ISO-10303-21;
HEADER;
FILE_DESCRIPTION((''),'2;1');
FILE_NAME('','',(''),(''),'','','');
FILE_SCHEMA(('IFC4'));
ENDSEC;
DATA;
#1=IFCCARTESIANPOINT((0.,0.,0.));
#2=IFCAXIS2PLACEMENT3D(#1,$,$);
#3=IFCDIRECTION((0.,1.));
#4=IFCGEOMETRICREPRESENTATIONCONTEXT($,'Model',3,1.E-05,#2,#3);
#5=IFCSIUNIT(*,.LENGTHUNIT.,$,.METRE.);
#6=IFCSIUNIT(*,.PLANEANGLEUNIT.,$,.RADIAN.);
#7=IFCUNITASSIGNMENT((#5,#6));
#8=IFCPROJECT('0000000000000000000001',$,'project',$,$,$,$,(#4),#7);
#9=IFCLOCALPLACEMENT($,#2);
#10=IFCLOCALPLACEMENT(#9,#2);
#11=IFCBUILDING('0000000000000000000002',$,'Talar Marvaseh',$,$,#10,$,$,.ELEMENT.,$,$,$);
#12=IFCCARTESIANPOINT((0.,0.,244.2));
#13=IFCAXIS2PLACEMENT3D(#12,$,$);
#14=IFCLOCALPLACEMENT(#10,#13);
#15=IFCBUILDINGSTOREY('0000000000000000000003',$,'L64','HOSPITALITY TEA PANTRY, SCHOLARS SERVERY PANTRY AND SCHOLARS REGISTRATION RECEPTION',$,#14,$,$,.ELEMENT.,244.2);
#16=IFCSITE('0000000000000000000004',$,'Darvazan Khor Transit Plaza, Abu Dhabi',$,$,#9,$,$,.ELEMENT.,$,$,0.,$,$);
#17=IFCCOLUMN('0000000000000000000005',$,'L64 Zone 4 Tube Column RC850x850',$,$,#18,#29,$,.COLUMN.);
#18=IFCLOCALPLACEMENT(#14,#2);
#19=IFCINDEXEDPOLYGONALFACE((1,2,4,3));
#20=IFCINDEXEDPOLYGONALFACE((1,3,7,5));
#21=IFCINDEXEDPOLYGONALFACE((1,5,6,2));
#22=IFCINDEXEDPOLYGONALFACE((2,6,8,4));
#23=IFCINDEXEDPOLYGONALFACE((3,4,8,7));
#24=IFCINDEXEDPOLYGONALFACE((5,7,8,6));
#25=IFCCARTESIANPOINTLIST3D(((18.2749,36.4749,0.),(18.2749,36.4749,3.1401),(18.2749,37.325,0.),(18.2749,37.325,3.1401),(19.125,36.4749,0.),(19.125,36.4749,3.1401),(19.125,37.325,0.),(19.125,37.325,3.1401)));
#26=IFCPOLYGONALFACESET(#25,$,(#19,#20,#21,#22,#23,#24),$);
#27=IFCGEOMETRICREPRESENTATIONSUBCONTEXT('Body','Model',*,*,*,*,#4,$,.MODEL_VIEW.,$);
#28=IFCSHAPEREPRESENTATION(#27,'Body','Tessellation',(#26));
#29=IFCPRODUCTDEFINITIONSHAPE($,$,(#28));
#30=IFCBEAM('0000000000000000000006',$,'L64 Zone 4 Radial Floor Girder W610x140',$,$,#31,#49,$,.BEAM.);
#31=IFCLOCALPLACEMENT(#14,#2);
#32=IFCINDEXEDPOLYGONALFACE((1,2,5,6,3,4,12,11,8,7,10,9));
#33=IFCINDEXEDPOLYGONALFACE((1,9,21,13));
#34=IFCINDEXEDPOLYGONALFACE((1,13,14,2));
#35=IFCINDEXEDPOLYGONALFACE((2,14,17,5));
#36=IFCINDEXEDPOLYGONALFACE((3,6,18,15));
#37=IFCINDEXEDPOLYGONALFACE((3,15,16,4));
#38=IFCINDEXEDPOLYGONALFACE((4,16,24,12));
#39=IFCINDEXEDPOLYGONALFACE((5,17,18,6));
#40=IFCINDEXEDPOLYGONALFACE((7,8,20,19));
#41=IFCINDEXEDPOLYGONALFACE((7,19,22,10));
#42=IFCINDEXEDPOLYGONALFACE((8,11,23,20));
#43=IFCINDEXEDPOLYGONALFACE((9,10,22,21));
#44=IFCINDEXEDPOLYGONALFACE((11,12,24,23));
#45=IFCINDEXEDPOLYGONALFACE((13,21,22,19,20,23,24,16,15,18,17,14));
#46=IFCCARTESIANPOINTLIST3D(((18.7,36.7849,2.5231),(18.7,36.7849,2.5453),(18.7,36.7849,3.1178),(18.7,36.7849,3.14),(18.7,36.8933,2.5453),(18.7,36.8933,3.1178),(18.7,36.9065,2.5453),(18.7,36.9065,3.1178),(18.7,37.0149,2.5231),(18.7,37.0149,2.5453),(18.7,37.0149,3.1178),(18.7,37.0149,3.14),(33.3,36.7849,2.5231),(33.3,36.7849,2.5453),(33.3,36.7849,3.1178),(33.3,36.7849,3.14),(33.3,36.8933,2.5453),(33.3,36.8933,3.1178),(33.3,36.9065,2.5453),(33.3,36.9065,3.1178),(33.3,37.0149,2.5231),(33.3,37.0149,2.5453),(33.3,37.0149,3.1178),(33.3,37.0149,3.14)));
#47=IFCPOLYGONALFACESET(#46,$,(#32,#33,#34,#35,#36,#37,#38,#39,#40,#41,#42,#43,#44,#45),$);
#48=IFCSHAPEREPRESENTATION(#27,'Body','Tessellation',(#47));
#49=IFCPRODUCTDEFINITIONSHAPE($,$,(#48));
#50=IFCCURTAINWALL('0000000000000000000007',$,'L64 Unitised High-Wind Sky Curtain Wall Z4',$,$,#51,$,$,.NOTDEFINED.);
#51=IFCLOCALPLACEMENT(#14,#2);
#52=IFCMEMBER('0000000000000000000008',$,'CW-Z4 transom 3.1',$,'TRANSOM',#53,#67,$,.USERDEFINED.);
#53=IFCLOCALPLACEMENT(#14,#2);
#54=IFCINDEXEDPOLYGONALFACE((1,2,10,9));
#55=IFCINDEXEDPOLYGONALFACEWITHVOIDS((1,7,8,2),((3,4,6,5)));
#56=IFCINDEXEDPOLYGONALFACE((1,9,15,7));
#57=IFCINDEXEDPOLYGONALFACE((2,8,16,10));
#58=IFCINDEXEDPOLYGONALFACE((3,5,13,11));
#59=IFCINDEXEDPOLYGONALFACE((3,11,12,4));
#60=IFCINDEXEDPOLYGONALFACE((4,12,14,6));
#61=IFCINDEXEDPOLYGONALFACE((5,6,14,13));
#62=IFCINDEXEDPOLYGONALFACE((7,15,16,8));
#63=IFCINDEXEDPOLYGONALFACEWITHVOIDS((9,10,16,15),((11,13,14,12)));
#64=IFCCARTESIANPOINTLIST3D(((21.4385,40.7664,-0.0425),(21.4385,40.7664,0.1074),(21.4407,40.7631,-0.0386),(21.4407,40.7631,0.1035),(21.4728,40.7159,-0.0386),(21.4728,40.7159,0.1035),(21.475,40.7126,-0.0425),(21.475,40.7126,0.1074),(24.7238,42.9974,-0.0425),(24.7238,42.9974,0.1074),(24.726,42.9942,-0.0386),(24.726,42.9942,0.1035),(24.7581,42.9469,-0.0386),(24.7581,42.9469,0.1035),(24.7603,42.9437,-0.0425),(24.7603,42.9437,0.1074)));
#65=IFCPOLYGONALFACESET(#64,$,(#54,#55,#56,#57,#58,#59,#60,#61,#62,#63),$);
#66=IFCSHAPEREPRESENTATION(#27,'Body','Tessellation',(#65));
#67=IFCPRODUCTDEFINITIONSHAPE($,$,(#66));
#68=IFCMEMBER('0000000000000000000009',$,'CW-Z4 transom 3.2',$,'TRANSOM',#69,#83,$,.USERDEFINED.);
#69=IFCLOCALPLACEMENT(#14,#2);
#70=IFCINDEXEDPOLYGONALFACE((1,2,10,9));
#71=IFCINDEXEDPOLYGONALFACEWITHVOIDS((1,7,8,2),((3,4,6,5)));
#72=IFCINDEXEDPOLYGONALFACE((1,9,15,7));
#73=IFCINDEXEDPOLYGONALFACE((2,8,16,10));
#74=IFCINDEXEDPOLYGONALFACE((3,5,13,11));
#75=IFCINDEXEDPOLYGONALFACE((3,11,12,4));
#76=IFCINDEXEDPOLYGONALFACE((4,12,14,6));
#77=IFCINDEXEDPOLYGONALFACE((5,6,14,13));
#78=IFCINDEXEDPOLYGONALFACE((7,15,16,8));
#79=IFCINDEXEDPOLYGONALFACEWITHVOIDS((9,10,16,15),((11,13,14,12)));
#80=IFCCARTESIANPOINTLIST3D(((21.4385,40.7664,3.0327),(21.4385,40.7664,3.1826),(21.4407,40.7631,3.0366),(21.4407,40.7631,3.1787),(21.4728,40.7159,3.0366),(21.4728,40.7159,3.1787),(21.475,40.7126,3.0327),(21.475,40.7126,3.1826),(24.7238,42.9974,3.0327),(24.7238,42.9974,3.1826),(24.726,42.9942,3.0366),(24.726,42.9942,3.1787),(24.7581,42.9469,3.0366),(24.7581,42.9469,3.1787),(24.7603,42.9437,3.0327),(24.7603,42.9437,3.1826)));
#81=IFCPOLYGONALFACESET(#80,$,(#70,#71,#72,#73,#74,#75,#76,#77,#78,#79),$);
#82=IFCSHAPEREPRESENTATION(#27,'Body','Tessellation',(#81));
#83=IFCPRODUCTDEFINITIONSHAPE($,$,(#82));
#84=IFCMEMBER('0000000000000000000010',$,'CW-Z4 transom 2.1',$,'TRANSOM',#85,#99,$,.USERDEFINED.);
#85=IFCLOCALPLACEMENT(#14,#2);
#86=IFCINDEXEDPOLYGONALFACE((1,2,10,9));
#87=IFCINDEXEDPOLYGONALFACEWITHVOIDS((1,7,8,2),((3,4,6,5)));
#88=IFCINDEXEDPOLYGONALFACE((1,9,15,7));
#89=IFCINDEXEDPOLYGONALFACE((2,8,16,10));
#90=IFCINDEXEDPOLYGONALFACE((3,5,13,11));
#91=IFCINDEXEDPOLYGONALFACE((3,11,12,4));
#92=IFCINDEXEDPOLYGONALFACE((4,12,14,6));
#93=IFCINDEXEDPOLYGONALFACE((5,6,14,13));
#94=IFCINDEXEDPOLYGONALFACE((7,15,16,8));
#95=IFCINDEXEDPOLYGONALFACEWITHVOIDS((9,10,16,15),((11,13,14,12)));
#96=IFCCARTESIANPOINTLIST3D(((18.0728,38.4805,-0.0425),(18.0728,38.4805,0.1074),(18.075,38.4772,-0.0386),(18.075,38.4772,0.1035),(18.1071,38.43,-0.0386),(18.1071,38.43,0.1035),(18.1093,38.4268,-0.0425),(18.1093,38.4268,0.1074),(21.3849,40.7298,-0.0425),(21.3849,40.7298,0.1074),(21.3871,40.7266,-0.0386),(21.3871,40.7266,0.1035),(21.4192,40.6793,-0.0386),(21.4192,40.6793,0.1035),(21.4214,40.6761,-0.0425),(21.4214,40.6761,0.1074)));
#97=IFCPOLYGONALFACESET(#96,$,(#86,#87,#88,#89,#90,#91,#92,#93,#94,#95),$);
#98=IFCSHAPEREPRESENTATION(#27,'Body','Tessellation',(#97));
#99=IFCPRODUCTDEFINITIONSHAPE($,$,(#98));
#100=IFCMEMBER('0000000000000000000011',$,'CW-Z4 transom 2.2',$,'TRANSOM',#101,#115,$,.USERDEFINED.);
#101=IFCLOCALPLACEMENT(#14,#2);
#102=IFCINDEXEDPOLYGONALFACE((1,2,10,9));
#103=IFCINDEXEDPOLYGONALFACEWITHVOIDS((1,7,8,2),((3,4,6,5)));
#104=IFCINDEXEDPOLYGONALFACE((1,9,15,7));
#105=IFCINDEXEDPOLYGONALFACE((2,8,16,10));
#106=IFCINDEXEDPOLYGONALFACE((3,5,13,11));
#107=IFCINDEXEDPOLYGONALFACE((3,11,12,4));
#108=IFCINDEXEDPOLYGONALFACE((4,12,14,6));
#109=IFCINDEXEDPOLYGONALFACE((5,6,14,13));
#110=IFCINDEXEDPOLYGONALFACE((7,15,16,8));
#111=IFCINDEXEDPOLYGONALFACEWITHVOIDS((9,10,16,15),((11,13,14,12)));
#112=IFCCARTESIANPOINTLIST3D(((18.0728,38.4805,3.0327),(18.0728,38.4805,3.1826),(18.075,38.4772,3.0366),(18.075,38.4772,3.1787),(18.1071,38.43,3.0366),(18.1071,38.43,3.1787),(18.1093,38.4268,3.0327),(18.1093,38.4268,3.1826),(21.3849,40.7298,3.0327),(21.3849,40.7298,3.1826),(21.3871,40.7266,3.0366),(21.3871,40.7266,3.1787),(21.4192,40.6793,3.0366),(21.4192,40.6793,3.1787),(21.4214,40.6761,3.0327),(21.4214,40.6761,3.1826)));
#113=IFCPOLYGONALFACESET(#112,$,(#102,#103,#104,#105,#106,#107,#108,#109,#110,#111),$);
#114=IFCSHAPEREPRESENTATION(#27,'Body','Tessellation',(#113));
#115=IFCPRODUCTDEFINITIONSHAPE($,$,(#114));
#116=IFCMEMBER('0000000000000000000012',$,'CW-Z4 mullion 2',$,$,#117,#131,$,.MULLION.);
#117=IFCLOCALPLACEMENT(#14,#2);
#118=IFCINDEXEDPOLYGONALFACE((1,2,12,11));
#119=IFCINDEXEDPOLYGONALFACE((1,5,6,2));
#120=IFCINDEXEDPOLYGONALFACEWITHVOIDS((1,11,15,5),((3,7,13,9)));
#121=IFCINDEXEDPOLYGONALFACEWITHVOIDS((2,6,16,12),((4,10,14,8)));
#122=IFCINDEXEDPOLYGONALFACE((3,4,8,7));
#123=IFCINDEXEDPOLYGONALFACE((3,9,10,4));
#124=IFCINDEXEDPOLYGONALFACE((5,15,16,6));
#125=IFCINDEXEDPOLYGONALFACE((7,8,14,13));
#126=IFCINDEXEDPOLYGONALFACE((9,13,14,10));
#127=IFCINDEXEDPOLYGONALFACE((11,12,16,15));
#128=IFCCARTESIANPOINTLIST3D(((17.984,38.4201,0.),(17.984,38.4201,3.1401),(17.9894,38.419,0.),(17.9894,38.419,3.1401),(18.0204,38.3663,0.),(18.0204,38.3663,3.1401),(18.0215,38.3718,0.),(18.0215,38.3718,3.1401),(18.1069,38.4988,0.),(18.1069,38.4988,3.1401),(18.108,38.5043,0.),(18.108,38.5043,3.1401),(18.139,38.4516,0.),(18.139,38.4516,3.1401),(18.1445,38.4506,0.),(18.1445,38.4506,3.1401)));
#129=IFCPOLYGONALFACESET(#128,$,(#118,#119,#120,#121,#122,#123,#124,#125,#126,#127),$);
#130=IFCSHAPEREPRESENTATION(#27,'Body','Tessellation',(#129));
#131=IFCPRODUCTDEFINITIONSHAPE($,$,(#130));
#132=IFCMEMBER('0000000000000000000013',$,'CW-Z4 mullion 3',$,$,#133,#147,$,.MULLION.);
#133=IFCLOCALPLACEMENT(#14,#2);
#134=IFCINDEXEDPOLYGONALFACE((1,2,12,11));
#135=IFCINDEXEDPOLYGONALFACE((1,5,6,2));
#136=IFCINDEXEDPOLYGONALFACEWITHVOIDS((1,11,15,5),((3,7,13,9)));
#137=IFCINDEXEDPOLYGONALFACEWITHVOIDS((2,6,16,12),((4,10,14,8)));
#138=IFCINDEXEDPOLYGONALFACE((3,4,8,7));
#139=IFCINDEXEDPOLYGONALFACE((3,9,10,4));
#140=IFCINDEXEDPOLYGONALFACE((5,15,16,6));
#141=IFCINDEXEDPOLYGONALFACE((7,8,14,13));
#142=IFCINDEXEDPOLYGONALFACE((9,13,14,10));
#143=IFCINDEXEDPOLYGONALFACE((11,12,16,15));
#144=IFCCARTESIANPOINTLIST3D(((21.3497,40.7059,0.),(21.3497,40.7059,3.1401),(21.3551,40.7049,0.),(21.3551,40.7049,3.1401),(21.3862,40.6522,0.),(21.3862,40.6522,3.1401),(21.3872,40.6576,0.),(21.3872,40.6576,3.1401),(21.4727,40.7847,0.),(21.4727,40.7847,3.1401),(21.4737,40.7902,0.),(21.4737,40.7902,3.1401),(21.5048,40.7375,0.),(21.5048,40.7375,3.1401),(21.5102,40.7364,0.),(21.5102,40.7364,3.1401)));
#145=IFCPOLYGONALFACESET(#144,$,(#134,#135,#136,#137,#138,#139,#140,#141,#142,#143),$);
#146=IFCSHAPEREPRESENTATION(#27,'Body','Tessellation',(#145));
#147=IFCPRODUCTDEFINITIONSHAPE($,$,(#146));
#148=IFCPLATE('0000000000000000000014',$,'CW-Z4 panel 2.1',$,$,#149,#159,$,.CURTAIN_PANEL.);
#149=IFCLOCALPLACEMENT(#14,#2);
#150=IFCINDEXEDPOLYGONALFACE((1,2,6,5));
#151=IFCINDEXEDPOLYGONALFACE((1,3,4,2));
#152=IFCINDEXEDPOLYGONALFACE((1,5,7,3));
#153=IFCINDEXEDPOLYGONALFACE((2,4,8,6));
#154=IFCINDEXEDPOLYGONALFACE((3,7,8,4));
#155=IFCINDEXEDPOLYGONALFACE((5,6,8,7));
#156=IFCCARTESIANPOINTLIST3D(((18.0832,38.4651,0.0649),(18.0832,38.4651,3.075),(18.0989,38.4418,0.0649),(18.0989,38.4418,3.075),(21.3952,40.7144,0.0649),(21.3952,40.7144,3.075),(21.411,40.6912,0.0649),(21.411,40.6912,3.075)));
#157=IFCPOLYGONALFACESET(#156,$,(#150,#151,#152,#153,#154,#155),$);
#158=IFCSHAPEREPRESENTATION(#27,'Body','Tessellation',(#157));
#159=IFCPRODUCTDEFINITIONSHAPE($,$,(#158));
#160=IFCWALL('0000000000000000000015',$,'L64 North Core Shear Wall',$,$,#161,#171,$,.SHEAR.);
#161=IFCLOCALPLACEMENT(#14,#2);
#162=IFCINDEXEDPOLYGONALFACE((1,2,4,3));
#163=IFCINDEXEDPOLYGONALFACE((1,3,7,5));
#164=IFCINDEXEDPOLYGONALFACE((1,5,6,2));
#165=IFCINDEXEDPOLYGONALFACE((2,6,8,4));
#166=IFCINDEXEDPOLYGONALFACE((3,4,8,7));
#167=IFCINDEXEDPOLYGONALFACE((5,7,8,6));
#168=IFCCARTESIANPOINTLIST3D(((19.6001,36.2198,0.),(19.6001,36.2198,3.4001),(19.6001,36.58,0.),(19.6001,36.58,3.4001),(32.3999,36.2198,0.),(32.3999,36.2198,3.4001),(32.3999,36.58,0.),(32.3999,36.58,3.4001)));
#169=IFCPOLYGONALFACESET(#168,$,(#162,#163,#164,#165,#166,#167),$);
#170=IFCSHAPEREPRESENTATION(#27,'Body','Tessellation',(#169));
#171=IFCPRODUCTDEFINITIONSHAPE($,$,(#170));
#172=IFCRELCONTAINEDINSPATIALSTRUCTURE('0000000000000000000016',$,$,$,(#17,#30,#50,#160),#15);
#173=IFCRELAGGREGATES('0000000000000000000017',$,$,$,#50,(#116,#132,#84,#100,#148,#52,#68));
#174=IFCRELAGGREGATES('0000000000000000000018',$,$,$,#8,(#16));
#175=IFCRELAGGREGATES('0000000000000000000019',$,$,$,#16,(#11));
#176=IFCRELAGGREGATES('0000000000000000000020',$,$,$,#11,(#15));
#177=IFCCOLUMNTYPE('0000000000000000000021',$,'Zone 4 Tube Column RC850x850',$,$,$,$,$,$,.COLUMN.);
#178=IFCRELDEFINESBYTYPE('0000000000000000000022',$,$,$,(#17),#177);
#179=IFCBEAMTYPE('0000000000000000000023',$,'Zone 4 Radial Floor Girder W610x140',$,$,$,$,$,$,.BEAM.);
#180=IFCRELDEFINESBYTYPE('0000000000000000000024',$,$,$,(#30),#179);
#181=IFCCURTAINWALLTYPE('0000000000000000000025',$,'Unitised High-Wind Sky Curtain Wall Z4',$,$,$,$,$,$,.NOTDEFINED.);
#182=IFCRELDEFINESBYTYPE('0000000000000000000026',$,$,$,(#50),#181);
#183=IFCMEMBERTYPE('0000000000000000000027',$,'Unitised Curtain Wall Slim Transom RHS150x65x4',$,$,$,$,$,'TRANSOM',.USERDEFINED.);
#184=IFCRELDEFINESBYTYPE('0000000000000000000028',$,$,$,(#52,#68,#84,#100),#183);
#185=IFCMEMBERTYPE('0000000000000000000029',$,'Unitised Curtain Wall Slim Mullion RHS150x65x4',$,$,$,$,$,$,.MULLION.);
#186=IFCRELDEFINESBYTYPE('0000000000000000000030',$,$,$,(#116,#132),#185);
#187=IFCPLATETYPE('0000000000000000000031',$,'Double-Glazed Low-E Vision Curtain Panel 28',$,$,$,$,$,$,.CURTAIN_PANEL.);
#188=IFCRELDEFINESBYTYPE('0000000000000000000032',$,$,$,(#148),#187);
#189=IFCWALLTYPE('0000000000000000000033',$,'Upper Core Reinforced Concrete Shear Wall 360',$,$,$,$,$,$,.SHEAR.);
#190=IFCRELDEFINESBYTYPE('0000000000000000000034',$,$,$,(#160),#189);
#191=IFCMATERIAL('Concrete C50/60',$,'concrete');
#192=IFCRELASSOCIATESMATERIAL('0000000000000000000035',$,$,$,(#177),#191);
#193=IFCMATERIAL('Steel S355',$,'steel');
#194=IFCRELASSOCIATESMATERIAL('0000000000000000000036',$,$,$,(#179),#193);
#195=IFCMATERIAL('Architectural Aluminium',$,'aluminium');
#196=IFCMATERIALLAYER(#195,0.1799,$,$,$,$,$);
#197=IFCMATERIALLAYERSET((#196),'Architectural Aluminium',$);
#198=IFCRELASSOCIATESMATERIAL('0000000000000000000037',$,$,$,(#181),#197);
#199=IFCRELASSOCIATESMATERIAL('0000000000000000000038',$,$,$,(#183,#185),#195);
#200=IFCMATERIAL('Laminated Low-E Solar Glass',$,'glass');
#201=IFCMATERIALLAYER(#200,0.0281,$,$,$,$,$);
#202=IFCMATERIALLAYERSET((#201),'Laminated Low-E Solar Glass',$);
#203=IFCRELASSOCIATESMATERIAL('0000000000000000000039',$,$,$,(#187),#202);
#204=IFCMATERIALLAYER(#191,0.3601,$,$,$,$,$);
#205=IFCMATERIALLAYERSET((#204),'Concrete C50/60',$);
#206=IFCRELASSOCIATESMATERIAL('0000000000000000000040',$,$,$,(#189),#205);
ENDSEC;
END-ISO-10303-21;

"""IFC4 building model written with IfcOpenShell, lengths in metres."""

from ifc_helpers import new_model, si_unit, direction, frame, frame_2d, origin, origin_2d, place, context, subcontext, project, spatial, rectangle, hollow_rectangle, i_section, extrude, source, transform, mapped, material, layer, layer_set, material_profile, profile_set, type_object, type_shapes, element, aggregate, save


model = new_model("IFC4")

# Units and contexts
model_context = context("Model", 3, precision=1e-05, world=origin(), true_north=direction((0.0, 1.0)))
body_context = subcontext(model_context, "Body", "Model", "MODEL_VIEW")
ifc_project = project(units=[si_unit("LENGTHUNIT", "METRE"), si_unit("PLANEANGLEUNIT", "RADIAN")], contexts=[model_context])

# Site, building, storey
site_placement = place(None, origin())
site = spatial("IfcSite", under=ifc_project, at=site_placement, Name="Darvazan Khor Transit Plaza, Abu Dhabi", CompositionType="ELEMENT", RefElevation=0.0)
building_placement = place(site_placement, origin())
building = spatial("IfcBuilding", under=site, at=building_placement, Name="Talar Marvaseh", CompositionType="ELEMENT")
storey_placement = place(building_placement, frame((0.0, 0.0, 244.2)))
storey = spatial("IfcBuildingStorey", under=building, at=storey_placement, Name="L64", Description="HOSPITALITY TEA PANTRY, SCHOLARS SERVERY PANTRY AND SCHOLARS REGISTRATION RECEPTION", CompositionType="ELEMENT", Elevation=244.2)

# Column
ifc_material_1 = material(Name="Concrete C50/60", Category="concrete")
ifc_material_profile_1 = material_profile(ifc_material_1, rectangle(XDim=0.8501, YDim=0.8501, at=origin_2d()), Name="RC850x850")
ifc_profile_set_1 = profile_set([ifc_material_profile_1], Name="Concrete C50/60")
column_type = type_object("IfcColumnType", Name="Zone 4 Tube Column RC850x850", PredefinedType="COLUMN", material=ifc_profile_set_1)
column_placement = place(storey_placement, frame((18.7, 36.8999, 0.0), z_axis=(0.0, 0.0, 1.0), x_axis=(1.0, 0.0, 0.0)))
element("IfcColumn", 1, at=column_placement, inside=storey, type_object=column_type, Name="L64 Zone 4 Tube Column RC850x850", PredefinedType="COLUMN", context=body_context, shape_type="SweptSolid", body=[
    extrude(rectangle(XDim=0.8501, YDim=0.8501, at=origin_2d()), origin(), (0.0, 0.0, 1.0), 3.1401),
])

# Beam
ifc_material_2 = material(Name="Steel S355", Category="steel")
ifc_material_profile_2 = material_profile(ifc_material_2, i_section(OverallWidth=0.23, OverallDepth=0.6169, WebThickness=0.0132, FlangeThickness=0.0222, at=origin_2d()), Name="W610x140")
ifc_profile_set_2 = profile_set([ifc_material_profile_2], Name="Steel S355")
beam_type = type_object("IfcBeamType", Name="Zone 4 Radial Floor Girder W610x140", PredefinedType="BEAM", material=ifc_profile_set_2)
beam_placement = place(storey_placement, frame((18.7, 36.8999, 2.8315), z_axis=(1.0, 0.0, 0.0), x_axis=(0.0, 1.0, 0.0)))
element("IfcBeam", 2, at=beam_placement, inside=storey, type_object=beam_type, Name="L64 Zone 4 Radial Floor Girder W610x140", PredefinedType="BEAM", context=body_context, shape_type="SweptSolid", body=[
    extrude(i_section(OverallWidth=0.23, OverallDepth=0.6169, WebThickness=0.0132, FlangeThickness=0.0222, at=origin_2d()), origin(), (0.0, 0.0, 1.0), 14.6001),
])

# Curtain wall, members, plate
ifc_material_3 = material(Name="Architectural Aluminium", Category="aluminium")
ifc_layer_1 = layer(ifc_material_3, 0.1799)
ifc_layer_set_1 = layer_set([ifc_layer_1], Name="Architectural Aluminium")
curtain_wall_type = type_object("IfcCurtainWallType", Name="Unitised High-Wind Sky Curtain Wall Z4", PredefinedType="NOTDEFINED", material=ifc_layer_set_1)
curtain_wall_placement = place(storey_placement, origin())
curtain_wall = element("IfcCurtainWall", 3, at=curtain_wall_placement, inside=storey, type_object=curtain_wall_type, Name="L64 Unitised High-Wind Sky Curtain Wall Z4", PredefinedType="NOTDEFINED")
ifc_material_profile_3 = material_profile(ifc_material_3, hollow_rectangle(XDim=0.0649, YDim=0.1499, WallThickness=0.0039, at=origin_2d()), Name="RHS150x65x4")
ifc_profile_set_3 = profile_set([ifc_material_profile_3], Name="Architectural Aluminium")
member_type_1 = type_object("IfcMemberType", Name="Unitised Curtain Wall Slim Transom RHS150x65x4", ElementType="TRANSOM", PredefinedType="USERDEFINED", material=ifc_profile_set_3)
shared_shape_1 = source(origin(), body_context, "Body", "SweptSolid", [
    extrude(hollow_rectangle(XDim=0.0649, YDim=0.1499, WallThickness=0.0039, at=origin_2d()), origin(), (0.0, 0.0, 1.0), 3.9712),
])
member_1_placement = place(storey_placement, frame((21.4568, 40.7395, 0.0325), z_axis=(0.827272, 0.561802, 0.0), x_axis=(-0.561802, 0.827272, 0.0)))
member_1 = element("IfcMember", 4, at=member_1_placement, type_object=member_type_1, Name="CW-Z4 transom 3.1", ObjectType="TRANSOM", PredefinedType="USERDEFINED", context=body_context, shape_type="MappedRepresentation", body=[
    mapped(shared_shape_1, transform((0.0, 0.0, 0.0), x_axis=(1.0, 0.0, 0.0), y_axis=(0.0, 1.0, 0.0), z_axis=(0.0, 0.0, 1.0), scale=1.0)),
])
member_2_placement = place(storey_placement, frame((21.4568, 40.7395, 3.1077), z_axis=(0.827272, 0.561802, 0.0), x_axis=(-0.561802, 0.827272, 0.0)))
member_2 = element("IfcMember", 5, at=member_2_placement, type_object=member_type_1, Name="CW-Z4 transom 3.2", ObjectType="TRANSOM", PredefinedType="USERDEFINED", context=body_context, shape_type="MappedRepresentation", body=[
    mapped(shared_shape_1, transform((0.0, 0.0, 0.0), x_axis=(1.0, 0.0, 0.0), y_axis=(0.0, 1.0, 0.0), z_axis=(0.0, 0.0, 1.0), scale=1.0)),
])
shared_shape_2 = source(origin(), body_context, "Body", "SweptSolid", [
    extrude(hollow_rectangle(XDim=0.0649, YDim=0.1499, WallThickness=0.0039, at=origin_2d()), origin(), (0.0, 0.0, 1.0), 4.0037),
])
type_shapes(member_type_1, [shared_shape_1, shared_shape_2])
member_3_placement = place(storey_placement, frame((18.0911, 38.4536, 0.0325), z_axis=(0.827263, 0.561815, 0.0), x_axis=(-0.561815, 0.827263, 0.0)))
member_3 = element("IfcMember", 6, at=member_3_placement, type_object=member_type_1, Name="CW-Z4 transom 2.1", ObjectType="TRANSOM", PredefinedType="USERDEFINED", context=body_context, shape_type="MappedRepresentation", body=[
    mapped(shared_shape_2, transform((0.0, 0.0, 0.0), x_axis=(1.0, 0.0, 0.0), y_axis=(0.0, 1.0, 0.0), z_axis=(0.0, 0.0, 1.0), scale=1.0)),
])
member_4_placement = place(storey_placement, frame((18.0911, 38.4536, 3.1077), z_axis=(0.827263, 0.561815, 0.0), x_axis=(-0.561815, 0.827263, 0.0)))
member_4 = element("IfcMember", 7, at=member_4_placement, type_object=member_type_1, Name="CW-Z4 transom 2.2", ObjectType="TRANSOM", PredefinedType="USERDEFINED", context=body_context, shape_type="MappedRepresentation", body=[
    mapped(shared_shape_2, transform((0.0, 0.0, 0.0), x_axis=(1.0, 0.0, 0.0), y_axis=(0.0, 1.0, 0.0), z_axis=(0.0, 0.0, 1.0), scale=1.0)),
])
ifc_material_profile_4 = material_profile(ifc_material_3, hollow_rectangle(XDim=0.0649, YDim=0.1499, WallThickness=0.0039, at=origin_2d()), Name="RHS150x65x4")
ifc_profile_set_4 = profile_set([ifc_material_profile_4], Name="Architectural Aluminium")
member_type_2 = type_object("IfcMemberType", Name="Unitised Curtain Wall Slim Mullion RHS150x65x4", PredefinedType="MULLION", material=ifc_profile_set_4)
shared_shape_3 = source(origin(), body_context, "Body", "SweptSolid", [
    extrude(hollow_rectangle(XDim=0.0649, YDim=0.1499, WallThickness=0.0039, at=origin_2d()), origin(), (0.0, 0.0, 1.0), 3.1401),
])
type_shapes(member_type_2, [shared_shape_3])
member_5_placement = place(storey_placement, frame((18.0642, 38.4353, 0.0), z_axis=(0.0, 0.0, 1.0), x_axis=(-0.561823, 0.827258, 0.0)))
member_5 = element("IfcMember", 8, at=member_5_placement, type_object=member_type_2, Name="CW-Z4 mullion 2", PredefinedType="MULLION", context=body_context, shape_type="MappedRepresentation", body=[
    mapped(shared_shape_3, transform((0.0, 0.0, 0.0), x_axis=(1.0, 0.0, 0.0), y_axis=(0.0, 1.0, 0.0), z_axis=(0.0, 0.0, 1.0), scale=1.0)),
])
member_6_placement = place(storey_placement, frame((21.4299, 40.7212, 0.0), z_axis=(0.0, 0.0, 1.0), x_axis=(-0.561823, 0.827258, 0.0)))
member_6 = element("IfcMember", 9, at=member_6_placement, type_object=member_type_2, Name="CW-Z4 mullion 3", PredefinedType="MULLION", context=body_context, shape_type="MappedRepresentation", body=[
    mapped(shared_shape_3, transform((0.0, 0.0, 0.0), x_axis=(1.0, 0.0, 0.0), y_axis=(0.0, 1.0, 0.0), z_axis=(0.0, 0.0, 1.0), scale=1.0)),
])
ifc_material_4 = material(Name="Laminated Low-E Solar Glass", Category="glass")
ifc_layer_2 = layer(ifc_material_4, 0.0281)
ifc_layer_set_2 = layer_set([ifc_layer_2], Name="Laminated Low-E Solar Glass")
plate_type = type_object("IfcPlateType", Name="Double-Glazed Low-E Vision Curtain Panel 28", PredefinedType="CURTAIN_PANEL", material=ifc_layer_set_2)
shared_shape_4 = source(origin(), body_context, "Body", "SweptSolid", [
    extrude(rectangle(XDim=4.0037, YDim=0.0281, at=origin_2d()), origin(), (0.0, 0.0, 1.0), 3.01),
])
type_shapes(plate_type, [shared_shape_4])
plate_placement = place(storey_placement, frame((19.7471, 39.5781, 0.0649), z_axis=(0.0, 0.0, 1.0), x_axis=(0.827258, 0.561823, 0.0)))
plate = element("IfcPlate", 10, at=plate_placement, type_object=plate_type, Name="CW-Z4 panel 2.1", PredefinedType="CURTAIN_PANEL", context=body_context, shape_type="MappedRepresentation", body=[
    mapped(shared_shape_4, transform((0.0, 0.0, 0.0), x_axis=(1.0, 0.0, 0.0), y_axis=(0.0, 1.0, 0.0), z_axis=(0.0, 0.0, 1.0), scale=1.0)),
])
aggregate(curtain_wall, [member_5, member_6, member_3, member_4, plate, member_1, member_2])

# Wall
ifc_layer_3 = layer(ifc_material_1, 0.3601)
ifc_layer_set_3 = layer_set([ifc_layer_3], Name="Concrete C50/60")
wall_type = type_object("IfcWallType", Name="Upper Core Reinforced Concrete Shear Wall 360", PredefinedType="SHEAR", material=ifc_layer_set_3)
wall_placement = place(storey_placement, frame((19.6001, 36.3999, 0.0), z_axis=(0.0, 0.0, 1.0), x_axis=(1.0, 0.0, 0.0)))
element("IfcWall", 11, at=wall_placement, inside=storey, type_object=wall_type, Name="L64 North Core Shear Wall", PredefinedType="SHEAR", context=body_context, shape_type="SweptSolid", body=[
    extrude(rectangle(XDim=12.7998, YDim=0.3601, at=frame_2d((6.3999, 0.0))), origin(), (0.0, 0.0, 1.0), 3.4001),
])

save(model, "model.ifc")
